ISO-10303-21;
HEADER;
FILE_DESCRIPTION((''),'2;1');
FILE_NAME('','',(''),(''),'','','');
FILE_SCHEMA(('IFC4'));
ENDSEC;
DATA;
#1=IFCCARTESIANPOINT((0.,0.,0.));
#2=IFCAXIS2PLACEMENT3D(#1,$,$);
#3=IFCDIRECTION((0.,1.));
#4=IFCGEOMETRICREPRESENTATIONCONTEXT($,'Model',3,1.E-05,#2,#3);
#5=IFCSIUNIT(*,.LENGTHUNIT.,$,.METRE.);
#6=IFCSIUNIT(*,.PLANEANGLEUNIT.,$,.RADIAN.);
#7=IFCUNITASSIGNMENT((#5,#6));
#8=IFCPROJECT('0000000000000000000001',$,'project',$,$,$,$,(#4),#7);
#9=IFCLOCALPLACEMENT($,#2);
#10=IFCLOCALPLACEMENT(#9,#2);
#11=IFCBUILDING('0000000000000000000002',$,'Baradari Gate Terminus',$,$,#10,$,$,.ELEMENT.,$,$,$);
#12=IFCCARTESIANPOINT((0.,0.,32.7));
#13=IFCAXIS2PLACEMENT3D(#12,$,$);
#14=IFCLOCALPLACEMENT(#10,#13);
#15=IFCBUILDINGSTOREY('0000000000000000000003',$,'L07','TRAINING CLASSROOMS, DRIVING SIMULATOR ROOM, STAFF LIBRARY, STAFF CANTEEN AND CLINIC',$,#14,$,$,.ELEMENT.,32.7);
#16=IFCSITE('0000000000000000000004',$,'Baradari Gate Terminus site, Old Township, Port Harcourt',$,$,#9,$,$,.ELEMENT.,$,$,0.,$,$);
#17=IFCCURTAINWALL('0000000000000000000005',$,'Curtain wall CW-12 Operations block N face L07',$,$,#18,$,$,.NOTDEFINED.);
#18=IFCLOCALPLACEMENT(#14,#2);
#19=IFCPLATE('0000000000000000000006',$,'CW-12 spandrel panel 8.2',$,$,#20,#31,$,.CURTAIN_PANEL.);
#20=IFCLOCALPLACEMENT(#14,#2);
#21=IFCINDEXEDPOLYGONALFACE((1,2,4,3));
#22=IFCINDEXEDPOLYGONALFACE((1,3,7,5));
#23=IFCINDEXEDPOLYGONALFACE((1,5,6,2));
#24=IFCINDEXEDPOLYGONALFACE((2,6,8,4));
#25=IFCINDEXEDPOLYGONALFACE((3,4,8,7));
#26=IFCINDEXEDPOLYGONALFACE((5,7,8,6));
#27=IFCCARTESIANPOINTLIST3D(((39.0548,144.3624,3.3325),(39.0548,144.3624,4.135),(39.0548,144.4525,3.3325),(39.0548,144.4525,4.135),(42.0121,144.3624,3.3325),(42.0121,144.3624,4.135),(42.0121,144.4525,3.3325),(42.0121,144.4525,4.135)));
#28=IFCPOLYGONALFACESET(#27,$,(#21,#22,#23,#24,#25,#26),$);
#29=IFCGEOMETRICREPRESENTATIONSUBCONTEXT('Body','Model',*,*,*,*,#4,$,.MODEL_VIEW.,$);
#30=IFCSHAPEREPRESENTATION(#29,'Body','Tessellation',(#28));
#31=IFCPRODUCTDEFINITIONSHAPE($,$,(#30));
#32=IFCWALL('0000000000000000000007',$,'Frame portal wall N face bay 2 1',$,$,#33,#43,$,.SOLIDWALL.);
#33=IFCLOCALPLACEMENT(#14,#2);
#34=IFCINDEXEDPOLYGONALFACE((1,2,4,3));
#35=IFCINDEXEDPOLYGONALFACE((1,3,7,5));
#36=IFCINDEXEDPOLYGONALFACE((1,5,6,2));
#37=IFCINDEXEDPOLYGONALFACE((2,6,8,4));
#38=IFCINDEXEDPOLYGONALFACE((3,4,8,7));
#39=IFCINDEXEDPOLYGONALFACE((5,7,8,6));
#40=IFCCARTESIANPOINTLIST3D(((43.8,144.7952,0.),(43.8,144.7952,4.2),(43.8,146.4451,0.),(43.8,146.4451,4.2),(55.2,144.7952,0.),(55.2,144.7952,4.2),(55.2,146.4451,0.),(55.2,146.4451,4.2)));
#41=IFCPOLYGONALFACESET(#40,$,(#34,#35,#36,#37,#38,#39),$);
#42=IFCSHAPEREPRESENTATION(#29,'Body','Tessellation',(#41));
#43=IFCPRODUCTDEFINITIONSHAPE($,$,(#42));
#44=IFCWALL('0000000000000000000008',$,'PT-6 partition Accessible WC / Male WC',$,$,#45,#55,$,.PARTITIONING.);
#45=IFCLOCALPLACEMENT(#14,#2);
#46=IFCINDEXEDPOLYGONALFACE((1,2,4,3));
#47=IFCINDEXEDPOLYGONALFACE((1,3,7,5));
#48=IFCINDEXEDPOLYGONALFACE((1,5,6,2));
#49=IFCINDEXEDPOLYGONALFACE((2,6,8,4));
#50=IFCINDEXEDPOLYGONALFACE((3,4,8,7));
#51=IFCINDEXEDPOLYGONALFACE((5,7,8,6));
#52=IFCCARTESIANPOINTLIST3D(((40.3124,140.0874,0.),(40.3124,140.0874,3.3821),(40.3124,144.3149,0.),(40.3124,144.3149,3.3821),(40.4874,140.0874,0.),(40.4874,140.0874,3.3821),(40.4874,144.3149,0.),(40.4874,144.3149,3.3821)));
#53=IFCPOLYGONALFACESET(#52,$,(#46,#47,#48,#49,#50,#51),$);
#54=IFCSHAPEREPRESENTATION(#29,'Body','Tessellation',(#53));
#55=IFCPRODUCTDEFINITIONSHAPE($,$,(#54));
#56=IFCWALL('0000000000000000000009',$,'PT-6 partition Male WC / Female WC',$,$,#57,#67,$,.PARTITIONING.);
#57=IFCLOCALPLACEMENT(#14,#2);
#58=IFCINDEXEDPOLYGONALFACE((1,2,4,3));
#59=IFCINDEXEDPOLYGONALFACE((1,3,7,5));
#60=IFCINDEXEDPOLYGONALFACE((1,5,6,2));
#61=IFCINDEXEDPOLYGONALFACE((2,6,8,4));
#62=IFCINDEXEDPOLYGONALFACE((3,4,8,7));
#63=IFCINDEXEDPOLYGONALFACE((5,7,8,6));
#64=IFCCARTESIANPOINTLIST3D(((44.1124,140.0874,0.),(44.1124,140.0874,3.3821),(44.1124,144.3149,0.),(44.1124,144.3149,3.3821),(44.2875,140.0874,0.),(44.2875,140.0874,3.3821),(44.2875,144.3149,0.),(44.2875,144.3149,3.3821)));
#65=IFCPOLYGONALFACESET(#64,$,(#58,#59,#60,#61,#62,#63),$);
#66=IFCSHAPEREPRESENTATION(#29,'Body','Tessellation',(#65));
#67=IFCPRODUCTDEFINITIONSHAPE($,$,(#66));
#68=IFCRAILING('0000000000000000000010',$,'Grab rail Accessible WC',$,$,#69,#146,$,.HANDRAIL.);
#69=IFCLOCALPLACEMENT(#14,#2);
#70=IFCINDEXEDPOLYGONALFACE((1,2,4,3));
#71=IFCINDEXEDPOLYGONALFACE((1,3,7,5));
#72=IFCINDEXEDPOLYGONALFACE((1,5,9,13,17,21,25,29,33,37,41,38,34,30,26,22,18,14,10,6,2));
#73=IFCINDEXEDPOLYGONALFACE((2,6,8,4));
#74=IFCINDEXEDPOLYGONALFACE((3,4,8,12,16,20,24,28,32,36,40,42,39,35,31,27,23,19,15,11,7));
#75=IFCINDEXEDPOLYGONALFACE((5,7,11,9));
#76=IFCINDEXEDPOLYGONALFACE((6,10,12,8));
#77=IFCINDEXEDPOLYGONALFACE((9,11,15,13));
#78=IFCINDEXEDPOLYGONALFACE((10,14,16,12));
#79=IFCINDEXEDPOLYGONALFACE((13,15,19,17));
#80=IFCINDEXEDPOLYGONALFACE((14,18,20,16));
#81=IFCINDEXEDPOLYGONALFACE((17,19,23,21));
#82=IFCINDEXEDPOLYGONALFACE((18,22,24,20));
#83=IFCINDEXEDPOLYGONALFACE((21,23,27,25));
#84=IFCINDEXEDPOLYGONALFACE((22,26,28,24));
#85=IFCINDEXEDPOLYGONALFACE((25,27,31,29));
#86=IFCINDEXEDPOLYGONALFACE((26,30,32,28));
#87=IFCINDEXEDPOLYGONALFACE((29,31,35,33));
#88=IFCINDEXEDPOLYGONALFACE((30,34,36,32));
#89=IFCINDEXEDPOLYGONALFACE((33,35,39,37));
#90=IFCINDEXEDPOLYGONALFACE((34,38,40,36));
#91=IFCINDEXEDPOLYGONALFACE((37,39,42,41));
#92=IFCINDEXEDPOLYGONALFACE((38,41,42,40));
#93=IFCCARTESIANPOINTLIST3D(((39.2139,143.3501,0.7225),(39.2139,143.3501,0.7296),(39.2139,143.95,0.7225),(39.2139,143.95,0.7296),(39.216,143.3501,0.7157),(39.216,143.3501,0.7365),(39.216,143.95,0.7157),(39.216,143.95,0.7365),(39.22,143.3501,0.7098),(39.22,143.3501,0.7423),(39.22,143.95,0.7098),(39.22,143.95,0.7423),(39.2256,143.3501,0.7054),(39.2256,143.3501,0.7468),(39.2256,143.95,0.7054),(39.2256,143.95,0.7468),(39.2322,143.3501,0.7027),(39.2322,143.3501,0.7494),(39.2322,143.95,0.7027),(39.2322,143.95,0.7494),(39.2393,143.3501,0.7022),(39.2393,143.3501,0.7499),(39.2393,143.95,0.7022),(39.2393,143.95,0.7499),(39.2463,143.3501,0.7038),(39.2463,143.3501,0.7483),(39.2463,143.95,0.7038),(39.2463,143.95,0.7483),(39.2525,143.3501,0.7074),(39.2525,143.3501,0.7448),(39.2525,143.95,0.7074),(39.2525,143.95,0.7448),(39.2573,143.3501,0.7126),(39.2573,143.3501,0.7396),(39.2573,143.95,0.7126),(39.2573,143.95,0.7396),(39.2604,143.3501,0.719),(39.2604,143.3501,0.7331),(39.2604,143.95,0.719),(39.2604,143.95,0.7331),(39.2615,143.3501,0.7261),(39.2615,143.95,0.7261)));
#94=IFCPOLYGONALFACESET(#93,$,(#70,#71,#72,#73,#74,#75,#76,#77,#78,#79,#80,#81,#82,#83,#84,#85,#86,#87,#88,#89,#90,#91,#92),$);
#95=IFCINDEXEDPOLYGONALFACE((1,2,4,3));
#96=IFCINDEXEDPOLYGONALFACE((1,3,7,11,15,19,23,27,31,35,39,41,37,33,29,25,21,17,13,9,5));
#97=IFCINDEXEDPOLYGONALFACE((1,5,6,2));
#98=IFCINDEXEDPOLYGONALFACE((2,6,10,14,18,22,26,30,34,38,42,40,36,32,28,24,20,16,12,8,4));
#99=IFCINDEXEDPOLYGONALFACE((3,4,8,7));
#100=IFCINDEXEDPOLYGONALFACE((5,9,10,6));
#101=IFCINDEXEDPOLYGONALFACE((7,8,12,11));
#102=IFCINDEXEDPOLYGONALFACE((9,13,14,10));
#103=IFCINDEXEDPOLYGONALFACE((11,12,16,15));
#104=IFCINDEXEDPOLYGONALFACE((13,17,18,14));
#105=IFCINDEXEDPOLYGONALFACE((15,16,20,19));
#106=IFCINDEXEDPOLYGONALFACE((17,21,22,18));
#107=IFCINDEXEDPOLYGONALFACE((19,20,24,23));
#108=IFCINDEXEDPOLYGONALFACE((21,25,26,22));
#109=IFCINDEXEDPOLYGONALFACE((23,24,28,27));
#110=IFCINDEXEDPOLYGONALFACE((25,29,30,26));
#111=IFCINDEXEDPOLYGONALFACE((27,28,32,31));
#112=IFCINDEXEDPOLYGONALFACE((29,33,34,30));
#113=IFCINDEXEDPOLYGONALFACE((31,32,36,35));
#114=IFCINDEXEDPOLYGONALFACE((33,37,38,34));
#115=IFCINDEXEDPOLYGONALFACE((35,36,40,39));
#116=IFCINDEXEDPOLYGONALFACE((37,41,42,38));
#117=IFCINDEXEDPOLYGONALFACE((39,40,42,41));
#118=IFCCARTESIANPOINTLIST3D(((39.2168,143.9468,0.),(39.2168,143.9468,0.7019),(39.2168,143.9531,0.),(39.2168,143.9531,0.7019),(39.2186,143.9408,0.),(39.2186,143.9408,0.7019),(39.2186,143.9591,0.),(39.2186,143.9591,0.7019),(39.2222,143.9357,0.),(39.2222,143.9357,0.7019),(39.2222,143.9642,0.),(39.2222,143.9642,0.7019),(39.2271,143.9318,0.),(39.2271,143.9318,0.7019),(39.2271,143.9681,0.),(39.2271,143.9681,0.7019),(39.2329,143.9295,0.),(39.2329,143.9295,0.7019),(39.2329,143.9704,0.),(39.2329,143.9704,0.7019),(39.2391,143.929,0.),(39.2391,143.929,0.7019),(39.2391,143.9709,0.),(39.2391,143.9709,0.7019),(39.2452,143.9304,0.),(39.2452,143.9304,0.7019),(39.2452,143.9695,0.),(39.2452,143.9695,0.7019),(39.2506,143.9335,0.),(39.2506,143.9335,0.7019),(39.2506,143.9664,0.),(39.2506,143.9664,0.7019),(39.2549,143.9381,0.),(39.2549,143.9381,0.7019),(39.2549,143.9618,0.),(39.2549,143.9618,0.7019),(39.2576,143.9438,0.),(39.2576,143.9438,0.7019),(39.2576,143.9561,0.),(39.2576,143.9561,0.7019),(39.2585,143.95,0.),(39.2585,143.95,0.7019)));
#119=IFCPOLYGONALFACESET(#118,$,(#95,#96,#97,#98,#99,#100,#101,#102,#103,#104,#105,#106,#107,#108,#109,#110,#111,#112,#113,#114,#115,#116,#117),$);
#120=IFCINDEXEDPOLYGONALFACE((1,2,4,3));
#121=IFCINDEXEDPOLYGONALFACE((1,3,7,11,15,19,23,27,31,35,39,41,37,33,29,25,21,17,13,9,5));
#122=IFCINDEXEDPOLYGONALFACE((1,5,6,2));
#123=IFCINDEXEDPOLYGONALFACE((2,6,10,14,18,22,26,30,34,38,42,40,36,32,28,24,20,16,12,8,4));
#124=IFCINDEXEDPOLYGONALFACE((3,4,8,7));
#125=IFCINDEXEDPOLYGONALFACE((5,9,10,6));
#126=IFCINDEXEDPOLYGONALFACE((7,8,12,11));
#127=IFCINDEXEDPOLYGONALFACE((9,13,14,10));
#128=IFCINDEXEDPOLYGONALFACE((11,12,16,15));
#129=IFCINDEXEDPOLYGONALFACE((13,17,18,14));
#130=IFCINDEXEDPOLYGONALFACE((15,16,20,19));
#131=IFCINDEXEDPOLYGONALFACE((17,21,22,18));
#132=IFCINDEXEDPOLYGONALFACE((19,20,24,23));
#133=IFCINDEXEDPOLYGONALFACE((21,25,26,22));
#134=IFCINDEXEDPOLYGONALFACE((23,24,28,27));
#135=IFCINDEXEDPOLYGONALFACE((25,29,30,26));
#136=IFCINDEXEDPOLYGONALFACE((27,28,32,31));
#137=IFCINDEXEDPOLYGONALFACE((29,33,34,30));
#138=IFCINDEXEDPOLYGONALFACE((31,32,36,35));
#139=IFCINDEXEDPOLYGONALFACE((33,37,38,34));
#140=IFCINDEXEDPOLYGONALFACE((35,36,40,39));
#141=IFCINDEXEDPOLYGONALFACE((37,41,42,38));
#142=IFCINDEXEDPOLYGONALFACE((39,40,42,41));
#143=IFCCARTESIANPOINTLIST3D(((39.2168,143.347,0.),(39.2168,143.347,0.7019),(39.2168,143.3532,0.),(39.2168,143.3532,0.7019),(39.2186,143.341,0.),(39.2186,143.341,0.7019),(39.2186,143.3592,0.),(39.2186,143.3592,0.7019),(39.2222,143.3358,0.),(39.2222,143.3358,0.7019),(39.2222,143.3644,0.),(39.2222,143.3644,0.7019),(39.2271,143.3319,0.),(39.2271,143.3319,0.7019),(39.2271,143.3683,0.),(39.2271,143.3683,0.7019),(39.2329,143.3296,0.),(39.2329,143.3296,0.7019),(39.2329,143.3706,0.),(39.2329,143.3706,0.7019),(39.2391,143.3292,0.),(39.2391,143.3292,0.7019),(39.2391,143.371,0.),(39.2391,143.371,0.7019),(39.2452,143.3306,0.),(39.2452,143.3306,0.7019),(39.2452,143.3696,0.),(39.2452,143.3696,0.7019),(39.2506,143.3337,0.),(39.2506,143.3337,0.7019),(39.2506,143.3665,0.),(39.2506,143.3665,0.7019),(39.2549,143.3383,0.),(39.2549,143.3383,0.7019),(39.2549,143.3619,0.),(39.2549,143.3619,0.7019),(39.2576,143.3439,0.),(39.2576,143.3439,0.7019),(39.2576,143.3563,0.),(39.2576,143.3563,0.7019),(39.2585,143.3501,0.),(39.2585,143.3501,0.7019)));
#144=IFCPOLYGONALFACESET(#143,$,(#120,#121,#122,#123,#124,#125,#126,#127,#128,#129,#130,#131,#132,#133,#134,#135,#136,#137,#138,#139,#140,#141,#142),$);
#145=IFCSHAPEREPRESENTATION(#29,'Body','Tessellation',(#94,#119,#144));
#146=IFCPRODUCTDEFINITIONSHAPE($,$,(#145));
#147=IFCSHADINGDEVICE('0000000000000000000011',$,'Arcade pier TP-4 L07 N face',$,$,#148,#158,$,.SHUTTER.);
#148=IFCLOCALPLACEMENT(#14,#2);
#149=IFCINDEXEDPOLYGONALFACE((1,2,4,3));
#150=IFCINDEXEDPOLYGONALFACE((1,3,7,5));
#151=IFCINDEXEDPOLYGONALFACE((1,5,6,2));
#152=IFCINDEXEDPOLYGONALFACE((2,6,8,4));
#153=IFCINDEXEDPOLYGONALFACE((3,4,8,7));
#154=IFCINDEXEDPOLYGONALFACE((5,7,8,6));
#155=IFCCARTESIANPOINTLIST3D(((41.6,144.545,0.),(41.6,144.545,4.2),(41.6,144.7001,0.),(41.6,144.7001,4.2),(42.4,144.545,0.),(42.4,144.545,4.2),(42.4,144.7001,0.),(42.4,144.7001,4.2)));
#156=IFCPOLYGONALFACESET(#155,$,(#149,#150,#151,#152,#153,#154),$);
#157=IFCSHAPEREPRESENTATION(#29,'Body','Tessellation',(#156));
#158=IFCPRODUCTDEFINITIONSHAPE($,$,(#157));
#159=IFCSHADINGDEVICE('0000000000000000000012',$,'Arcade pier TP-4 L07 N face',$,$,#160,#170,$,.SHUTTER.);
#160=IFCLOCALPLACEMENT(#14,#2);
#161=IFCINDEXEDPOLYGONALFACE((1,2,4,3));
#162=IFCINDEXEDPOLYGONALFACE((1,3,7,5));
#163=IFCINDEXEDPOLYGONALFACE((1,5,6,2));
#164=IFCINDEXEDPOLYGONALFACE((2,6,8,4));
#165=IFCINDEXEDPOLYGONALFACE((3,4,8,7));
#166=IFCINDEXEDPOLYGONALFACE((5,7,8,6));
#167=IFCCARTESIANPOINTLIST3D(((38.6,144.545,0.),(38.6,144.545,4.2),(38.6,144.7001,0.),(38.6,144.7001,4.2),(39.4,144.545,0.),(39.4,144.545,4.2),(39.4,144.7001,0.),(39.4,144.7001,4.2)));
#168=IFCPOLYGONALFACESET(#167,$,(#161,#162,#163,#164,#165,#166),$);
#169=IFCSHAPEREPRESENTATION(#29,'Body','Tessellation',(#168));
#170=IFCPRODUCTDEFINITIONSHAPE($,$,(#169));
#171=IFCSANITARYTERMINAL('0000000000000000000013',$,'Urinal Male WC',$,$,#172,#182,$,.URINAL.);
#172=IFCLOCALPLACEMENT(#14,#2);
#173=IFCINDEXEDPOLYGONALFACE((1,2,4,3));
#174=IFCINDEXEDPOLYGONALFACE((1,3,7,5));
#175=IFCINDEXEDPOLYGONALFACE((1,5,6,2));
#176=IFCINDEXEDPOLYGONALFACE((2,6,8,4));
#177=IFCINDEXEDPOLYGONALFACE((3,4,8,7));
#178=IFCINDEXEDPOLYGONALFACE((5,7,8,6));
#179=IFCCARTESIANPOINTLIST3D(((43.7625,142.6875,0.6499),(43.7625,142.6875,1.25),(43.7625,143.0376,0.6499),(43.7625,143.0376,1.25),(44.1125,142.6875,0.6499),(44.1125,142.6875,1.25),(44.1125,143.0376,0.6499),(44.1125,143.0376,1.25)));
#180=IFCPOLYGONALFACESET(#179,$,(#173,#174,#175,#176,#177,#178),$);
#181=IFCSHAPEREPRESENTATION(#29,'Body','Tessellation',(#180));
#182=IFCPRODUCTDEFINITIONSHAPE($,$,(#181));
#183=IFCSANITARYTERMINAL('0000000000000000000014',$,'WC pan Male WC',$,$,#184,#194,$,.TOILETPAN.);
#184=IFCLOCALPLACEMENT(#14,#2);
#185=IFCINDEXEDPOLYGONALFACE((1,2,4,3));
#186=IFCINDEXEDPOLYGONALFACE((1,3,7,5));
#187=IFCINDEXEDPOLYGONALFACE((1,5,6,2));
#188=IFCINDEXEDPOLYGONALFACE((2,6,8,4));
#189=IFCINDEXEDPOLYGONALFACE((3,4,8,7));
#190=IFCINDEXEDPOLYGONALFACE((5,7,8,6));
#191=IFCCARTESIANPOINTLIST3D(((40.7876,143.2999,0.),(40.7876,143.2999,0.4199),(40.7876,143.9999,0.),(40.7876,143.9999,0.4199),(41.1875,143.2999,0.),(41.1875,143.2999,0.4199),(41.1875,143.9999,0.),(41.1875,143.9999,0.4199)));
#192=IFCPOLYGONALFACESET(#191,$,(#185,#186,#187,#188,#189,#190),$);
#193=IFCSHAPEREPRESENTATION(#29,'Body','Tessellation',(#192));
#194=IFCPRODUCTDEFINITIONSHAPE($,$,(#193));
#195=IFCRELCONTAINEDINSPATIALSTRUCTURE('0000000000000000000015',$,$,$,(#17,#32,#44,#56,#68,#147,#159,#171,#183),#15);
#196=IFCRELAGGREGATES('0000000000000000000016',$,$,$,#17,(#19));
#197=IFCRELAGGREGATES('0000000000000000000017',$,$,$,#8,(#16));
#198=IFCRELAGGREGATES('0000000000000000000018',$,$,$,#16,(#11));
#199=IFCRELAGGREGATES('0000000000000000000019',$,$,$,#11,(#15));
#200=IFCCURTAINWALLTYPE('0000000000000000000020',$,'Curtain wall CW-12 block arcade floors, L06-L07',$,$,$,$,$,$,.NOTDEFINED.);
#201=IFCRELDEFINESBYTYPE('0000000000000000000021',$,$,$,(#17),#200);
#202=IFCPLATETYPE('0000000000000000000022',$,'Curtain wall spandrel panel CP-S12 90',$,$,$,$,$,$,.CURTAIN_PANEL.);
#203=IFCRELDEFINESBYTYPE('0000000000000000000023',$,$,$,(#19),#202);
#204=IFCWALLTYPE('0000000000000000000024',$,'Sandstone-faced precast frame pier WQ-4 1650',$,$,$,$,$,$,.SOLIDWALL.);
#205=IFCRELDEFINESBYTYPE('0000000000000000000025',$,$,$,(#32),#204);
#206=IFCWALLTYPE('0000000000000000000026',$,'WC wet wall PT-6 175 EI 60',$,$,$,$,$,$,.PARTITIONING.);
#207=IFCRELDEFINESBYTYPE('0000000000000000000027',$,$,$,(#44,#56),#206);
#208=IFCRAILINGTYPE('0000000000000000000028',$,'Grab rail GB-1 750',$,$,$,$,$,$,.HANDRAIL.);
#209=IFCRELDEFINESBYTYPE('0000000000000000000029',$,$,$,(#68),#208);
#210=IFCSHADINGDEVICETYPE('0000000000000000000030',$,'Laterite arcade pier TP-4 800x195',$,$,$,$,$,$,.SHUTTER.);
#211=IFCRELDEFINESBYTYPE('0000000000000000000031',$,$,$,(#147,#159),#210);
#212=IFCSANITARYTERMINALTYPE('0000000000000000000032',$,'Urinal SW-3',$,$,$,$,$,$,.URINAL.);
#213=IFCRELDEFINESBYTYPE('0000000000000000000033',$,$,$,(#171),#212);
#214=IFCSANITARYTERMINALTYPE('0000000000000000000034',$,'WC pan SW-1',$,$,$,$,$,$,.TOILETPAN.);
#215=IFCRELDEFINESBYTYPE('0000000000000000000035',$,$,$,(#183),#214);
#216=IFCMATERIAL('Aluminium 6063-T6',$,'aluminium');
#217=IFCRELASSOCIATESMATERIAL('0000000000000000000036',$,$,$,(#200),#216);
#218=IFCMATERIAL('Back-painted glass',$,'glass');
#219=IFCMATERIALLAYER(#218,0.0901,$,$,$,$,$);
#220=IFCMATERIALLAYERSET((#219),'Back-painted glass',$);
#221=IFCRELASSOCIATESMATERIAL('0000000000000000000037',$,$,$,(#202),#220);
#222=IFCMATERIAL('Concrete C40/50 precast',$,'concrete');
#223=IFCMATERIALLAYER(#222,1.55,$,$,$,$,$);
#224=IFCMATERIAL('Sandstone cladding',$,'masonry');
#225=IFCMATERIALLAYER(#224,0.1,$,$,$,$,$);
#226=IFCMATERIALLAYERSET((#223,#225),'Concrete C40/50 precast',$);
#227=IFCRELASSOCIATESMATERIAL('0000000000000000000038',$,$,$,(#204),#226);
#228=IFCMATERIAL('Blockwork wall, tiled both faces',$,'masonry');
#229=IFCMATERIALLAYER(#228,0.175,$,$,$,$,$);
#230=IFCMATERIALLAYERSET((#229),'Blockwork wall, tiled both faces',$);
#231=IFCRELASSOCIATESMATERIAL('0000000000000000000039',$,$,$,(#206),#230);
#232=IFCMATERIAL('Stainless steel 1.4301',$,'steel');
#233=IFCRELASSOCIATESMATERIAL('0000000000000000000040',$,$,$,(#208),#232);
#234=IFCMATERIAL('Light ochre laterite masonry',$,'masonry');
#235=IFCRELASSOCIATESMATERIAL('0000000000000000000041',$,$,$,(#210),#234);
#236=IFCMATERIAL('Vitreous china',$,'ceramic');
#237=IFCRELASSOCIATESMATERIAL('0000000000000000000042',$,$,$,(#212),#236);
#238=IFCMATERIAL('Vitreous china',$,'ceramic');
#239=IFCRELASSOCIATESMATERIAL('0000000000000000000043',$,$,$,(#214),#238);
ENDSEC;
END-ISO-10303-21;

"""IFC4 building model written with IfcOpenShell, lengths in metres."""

from ifc_helpers import new_model, si_unit, direction, frame, frame_2d, origin, origin_2d, place, context, subcontext, project, spatial, polyline, rectangle, circle, outline, extrude, material, layer, layer_set, type_object, element, aggregate, save


model = new_model("IFC4")

# Units and contexts
model_context = context("Model", 3, precision=1e-05, world=origin(), true_north=direction((0.0, 1.0)))
body_context = subcontext(model_context, "Body", "Model", "MODEL_VIEW")
ifc_project = project(units=[si_unit("LENGTHUNIT", "METRE"), si_unit("PLANEANGLEUNIT", "RADIAN")], contexts=[model_context])

# Site, building, storey
site_placement = place(None, origin())
site = spatial("IfcSite", under=ifc_project, at=site_placement, Name="Baradari Gate Terminus site, Old Township, Port Harcourt", CompositionType="ELEMENT", RefElevation=0.0)
building_placement = place(site_placement, origin())
building = spatial("IfcBuilding", under=site, at=building_placement, Name="Baradari Gate Terminus", CompositionType="ELEMENT")
storey_placement = place(building_placement, frame((0.0, 0.0, 32.7)))
storey = spatial("IfcBuildingStorey", under=building, at=storey_placement, Name="L07", Description="TRAINING CLASSROOMS, DRIVING SIMULATOR ROOM, STAFF LIBRARY, STAFF CANTEEN AND CLINIC", CompositionType="ELEMENT", Elevation=32.7)

# Curtain wall
ifc_material_1 = material(Name="Aluminium 6063-T6", Category="aluminium")
curtain_wall_type = type_object("IfcCurtainWallType", Name="Curtain wall CW-12 block arcade floors, L06-L07", PredefinedType="NOTDEFINED", material=ifc_material_1)
curtain_wall_placement = place(storey_placement, origin())
curtain_wall = element("IfcCurtainWall", 1, at=curtain_wall_placement, inside=storey, type_object=curtain_wall_type, Name="Curtain wall CW-12 Operations block N face L07", PredefinedType="NOTDEFINED")

# Plate
ifc_material_2 = material(Name="Back-painted glass", Category="glass")
ifc_layer_1 = layer(ifc_material_2, 0.0901)
ifc_layer_set_1 = layer_set([ifc_layer_1], Name="Back-painted glass")
plate_type_1 = type_object("IfcPlateType", Name="Curtain wall spandrel panel CP-S12 90", PredefinedType="CURTAIN_PANEL", material=ifc_layer_set_1)
plate_1_placement = place(storey_placement, frame((40.5334, 144.4075, 3.3325), z_axis=(0.0, 0.0, 1.0), x_axis=(-1.0, 0.0, 0.0)))
plate_1 = element("IfcPlate", 2, at=plate_1_placement, type_object=plate_type_1, Name="CW-12 spandrel panel 8.2", PredefinedType="CURTAIN_PANEL", context=body_context, shape_type="SweptSolid", body=[
    extrude(rectangle(XDim=2.9573, YDim=0.0901, at=origin_2d()), origin(), (0.0, 0.0, 1.0), 0.8025),
])
aggregate(curtain_wall, [plate_1])

# Walls
ifc_material_3 = material(Name="Concrete C40/50 precast", Category="concrete")
ifc_layer_2 = layer(ifc_material_3, 1.55)
ifc_material_4 = material(Name="Sandstone cladding", Category="masonry")
ifc_layer_3 = layer(ifc_material_4, 0.1)
ifc_layer_set_2 = layer_set([ifc_layer_2, ifc_layer_3], Name="Concrete C40/50 precast")
wall_type_1 = type_object("IfcWallType", Name="Sandstone-faced precast frame pier WQ-4 1650", PredefinedType="SOLIDWALL", material=ifc_layer_set_2)
wall_placement = place(storey_placement, frame((43.8, 145.6201, 0.0), z_axis=(0.0, 0.0, 1.0), x_axis=(1.0, 0.0, 0.0)))
element("IfcWall", 3, at=wall_placement, inside=storey, type_object=wall_type_1, Name="Frame portal wall N face bay 2 1", PredefinedType="SOLIDWALL", context=body_context, shape_type="SweptSolid", body=[
    extrude(outline(polyline([(11.3999, 0.0), (11.3999, 4.2), (0.0, 4.2), (0.0, 0.0), (11.3999, 0.0)])), frame((0.0, 0.825, 0.0), z_axis=(0.0, -1.0, 0.0), x_axis=(1.0, 0.0, 0.0)), (0.0, 0.0, 1.0), 1.6499),
])
ifc_material_5 = material(Name="Blockwork wall, tiled both faces", Category="masonry")
ifc_layer_4 = layer(ifc_material_5, 0.175)
ifc_layer_set_3 = layer_set([ifc_layer_4], Name="Blockwork wall, tiled both faces")
wall_type_2 = type_object("IfcWallType", Name="WC wet wall PT-6 175 EI 60", PredefinedType="PARTITIONING", material=ifc_layer_set_3)
for number, where, z_axis, x_axis, name in (
    (4, (40.3999, 144.3149, 0.0), (0.0, 0.0, 1.0), (0.0, -1.0, 0.0), "PT-6 partition Accessible WC / Male WC"),
    (5, (44.2, 144.3149, 0.0), (0.0, 0.0, 1.0), (0.0, -1.0, 0.0), "PT-6 partition Male WC / Female WC"),
):
    element("IfcWall", number, at=place(storey_placement, frame(where, z_axis=z_axis, x_axis=x_axis)), inside=storey, type_object=wall_type_2, Name=name, PredefinedType="PARTITIONING", context=body_context, shape_type="SweptSolid", body=[
        extrude(rectangle(XDim=4.2275, YDim=0.175, at=frame_2d((2.1138, 0.0))), origin(), (0.0, 0.0, 1.0), 3.3821),
    ])

# Railing
ifc_material_6 = material(Name="Stainless steel 1.4301", Category="steel")
railing_type = type_object("IfcRailingType", Name="Grab rail GB-1 750", PredefinedType="HANDRAIL", material=ifc_material_6)
railing_placement = place(storey_placement, frame((39.2375, 143.95, 0.0)))
element("IfcRailing", 6, at=railing_placement, inside=storey, type_object=railing_type, Name="Grab rail Accessible WC", PredefinedType="HANDRAIL", context=body_context, shape_type="SweptSolid", body=[
    extrude(circle(Radius=0.0239, at=origin_2d()), frame((0.0, 0.0, 0.7261), z_axis=(0.0, -1.0, 0.0), x_axis=(1.0, 0.0, 0.0)), (0.0, 0.0, 1.0), 0.5999),
    extrude(circle(Radius=0.021, at=origin_2d()), origin(), (0.0, 0.0, 1.0), 0.7019),
    extrude(circle(Radius=0.021, at=origin_2d()), frame((0.0, -0.5999, 0.0)), (0.0, 0.0, 1.0), 0.7019),
])

# Shading devices
ifc_material_7 = material(Name="Light ochre laterite masonry", Category="masonry")
shading_device_type = type_object("IfcShadingDeviceType", Name="Laterite arcade pier TP-4 800x195", PredefinedType="SHUTTER", material=ifc_material_7)
for number, where, z_axis, x_axis, name in (
    (7, (42.0, 144.6226, 0.0), (0.0, 0.0, 1.0), (-1.0, 0.0, 0.0), "Arcade pier TP-4 L07 N face"),
    (8, (39.0, 144.6226, 0.0), (0.0, 0.0, 1.0), (-1.0, 0.0, 0.0), "Arcade pier TP-4 L07 N face"),
):
    element("IfcShadingDevice", number, at=place(storey_placement, frame(where, z_axis=z_axis, x_axis=x_axis)), inside=storey, type_object=shading_device_type, Name=name, PredefinedType="SHUTTER", context=body_context, shape_type="SweptSolid", body=[
        extrude(rectangle(XDim=0.8, YDim=0.155, at=origin_2d()), origin(), (0.0, 0.0, 1.0), 4.2),
    ])

# Sanitary terminals
ifc_material_8 = material(Name="Vitreous china", Category="ceramic")
sanitary_terminal_type_1 = type_object("IfcSanitaryTerminalType", Name="Urinal SW-3", PredefinedType="URINAL", material=ifc_material_8)
sanitary_terminal_placement = place(storey_placement, frame((43.9375, 142.8625, 0.6499), z_axis=(0.0, 0.0, 1.0), x_axis=(1.0, 0.0, 0.0)))
element("IfcSanitaryTerminal", 9, at=sanitary_terminal_placement, inside=storey, type_object=sanitary_terminal_type_1, Name="Urinal Male WC", PredefinedType="URINAL", context=body_context, shape_type="SweptSolid", body=[
    extrude(rectangle(XDim=0.3501, YDim=0.3501, at=origin_2d()), origin(), (0.0, 0.0, 1.0), 0.6001),
])
ifc_material_9 = material(Name="Vitreous china", Category="ceramic")
sanitary_terminal_type_2 = type_object("IfcSanitaryTerminalType", Name="WC pan SW-1", PredefinedType="TOILETPAN", material=ifc_material_9)
for number, where, z_axis, x_axis, name in (
    (10, (40.9875, 143.6499, 0.0), (0.0, 0.0, 1.0), (1.0, 0.0, 0.0), "WC pan Male WC"),
):
    element("IfcSanitaryTerminal", number, at=place(storey_placement, frame(where, z_axis=z_axis, x_axis=x_axis)), inside=storey, type_object=sanitary_terminal_type_2, Name=name, PredefinedType="TOILETPAN", context=body_context, shape_type="SweptSolid", body=[
        extrude(rectangle(XDim=0.3999, YDim=0.7, at=origin_2d()), origin(), (0.0, 0.0, 1.0), 0.4199),
    ])

save(model, "model.ifc")
